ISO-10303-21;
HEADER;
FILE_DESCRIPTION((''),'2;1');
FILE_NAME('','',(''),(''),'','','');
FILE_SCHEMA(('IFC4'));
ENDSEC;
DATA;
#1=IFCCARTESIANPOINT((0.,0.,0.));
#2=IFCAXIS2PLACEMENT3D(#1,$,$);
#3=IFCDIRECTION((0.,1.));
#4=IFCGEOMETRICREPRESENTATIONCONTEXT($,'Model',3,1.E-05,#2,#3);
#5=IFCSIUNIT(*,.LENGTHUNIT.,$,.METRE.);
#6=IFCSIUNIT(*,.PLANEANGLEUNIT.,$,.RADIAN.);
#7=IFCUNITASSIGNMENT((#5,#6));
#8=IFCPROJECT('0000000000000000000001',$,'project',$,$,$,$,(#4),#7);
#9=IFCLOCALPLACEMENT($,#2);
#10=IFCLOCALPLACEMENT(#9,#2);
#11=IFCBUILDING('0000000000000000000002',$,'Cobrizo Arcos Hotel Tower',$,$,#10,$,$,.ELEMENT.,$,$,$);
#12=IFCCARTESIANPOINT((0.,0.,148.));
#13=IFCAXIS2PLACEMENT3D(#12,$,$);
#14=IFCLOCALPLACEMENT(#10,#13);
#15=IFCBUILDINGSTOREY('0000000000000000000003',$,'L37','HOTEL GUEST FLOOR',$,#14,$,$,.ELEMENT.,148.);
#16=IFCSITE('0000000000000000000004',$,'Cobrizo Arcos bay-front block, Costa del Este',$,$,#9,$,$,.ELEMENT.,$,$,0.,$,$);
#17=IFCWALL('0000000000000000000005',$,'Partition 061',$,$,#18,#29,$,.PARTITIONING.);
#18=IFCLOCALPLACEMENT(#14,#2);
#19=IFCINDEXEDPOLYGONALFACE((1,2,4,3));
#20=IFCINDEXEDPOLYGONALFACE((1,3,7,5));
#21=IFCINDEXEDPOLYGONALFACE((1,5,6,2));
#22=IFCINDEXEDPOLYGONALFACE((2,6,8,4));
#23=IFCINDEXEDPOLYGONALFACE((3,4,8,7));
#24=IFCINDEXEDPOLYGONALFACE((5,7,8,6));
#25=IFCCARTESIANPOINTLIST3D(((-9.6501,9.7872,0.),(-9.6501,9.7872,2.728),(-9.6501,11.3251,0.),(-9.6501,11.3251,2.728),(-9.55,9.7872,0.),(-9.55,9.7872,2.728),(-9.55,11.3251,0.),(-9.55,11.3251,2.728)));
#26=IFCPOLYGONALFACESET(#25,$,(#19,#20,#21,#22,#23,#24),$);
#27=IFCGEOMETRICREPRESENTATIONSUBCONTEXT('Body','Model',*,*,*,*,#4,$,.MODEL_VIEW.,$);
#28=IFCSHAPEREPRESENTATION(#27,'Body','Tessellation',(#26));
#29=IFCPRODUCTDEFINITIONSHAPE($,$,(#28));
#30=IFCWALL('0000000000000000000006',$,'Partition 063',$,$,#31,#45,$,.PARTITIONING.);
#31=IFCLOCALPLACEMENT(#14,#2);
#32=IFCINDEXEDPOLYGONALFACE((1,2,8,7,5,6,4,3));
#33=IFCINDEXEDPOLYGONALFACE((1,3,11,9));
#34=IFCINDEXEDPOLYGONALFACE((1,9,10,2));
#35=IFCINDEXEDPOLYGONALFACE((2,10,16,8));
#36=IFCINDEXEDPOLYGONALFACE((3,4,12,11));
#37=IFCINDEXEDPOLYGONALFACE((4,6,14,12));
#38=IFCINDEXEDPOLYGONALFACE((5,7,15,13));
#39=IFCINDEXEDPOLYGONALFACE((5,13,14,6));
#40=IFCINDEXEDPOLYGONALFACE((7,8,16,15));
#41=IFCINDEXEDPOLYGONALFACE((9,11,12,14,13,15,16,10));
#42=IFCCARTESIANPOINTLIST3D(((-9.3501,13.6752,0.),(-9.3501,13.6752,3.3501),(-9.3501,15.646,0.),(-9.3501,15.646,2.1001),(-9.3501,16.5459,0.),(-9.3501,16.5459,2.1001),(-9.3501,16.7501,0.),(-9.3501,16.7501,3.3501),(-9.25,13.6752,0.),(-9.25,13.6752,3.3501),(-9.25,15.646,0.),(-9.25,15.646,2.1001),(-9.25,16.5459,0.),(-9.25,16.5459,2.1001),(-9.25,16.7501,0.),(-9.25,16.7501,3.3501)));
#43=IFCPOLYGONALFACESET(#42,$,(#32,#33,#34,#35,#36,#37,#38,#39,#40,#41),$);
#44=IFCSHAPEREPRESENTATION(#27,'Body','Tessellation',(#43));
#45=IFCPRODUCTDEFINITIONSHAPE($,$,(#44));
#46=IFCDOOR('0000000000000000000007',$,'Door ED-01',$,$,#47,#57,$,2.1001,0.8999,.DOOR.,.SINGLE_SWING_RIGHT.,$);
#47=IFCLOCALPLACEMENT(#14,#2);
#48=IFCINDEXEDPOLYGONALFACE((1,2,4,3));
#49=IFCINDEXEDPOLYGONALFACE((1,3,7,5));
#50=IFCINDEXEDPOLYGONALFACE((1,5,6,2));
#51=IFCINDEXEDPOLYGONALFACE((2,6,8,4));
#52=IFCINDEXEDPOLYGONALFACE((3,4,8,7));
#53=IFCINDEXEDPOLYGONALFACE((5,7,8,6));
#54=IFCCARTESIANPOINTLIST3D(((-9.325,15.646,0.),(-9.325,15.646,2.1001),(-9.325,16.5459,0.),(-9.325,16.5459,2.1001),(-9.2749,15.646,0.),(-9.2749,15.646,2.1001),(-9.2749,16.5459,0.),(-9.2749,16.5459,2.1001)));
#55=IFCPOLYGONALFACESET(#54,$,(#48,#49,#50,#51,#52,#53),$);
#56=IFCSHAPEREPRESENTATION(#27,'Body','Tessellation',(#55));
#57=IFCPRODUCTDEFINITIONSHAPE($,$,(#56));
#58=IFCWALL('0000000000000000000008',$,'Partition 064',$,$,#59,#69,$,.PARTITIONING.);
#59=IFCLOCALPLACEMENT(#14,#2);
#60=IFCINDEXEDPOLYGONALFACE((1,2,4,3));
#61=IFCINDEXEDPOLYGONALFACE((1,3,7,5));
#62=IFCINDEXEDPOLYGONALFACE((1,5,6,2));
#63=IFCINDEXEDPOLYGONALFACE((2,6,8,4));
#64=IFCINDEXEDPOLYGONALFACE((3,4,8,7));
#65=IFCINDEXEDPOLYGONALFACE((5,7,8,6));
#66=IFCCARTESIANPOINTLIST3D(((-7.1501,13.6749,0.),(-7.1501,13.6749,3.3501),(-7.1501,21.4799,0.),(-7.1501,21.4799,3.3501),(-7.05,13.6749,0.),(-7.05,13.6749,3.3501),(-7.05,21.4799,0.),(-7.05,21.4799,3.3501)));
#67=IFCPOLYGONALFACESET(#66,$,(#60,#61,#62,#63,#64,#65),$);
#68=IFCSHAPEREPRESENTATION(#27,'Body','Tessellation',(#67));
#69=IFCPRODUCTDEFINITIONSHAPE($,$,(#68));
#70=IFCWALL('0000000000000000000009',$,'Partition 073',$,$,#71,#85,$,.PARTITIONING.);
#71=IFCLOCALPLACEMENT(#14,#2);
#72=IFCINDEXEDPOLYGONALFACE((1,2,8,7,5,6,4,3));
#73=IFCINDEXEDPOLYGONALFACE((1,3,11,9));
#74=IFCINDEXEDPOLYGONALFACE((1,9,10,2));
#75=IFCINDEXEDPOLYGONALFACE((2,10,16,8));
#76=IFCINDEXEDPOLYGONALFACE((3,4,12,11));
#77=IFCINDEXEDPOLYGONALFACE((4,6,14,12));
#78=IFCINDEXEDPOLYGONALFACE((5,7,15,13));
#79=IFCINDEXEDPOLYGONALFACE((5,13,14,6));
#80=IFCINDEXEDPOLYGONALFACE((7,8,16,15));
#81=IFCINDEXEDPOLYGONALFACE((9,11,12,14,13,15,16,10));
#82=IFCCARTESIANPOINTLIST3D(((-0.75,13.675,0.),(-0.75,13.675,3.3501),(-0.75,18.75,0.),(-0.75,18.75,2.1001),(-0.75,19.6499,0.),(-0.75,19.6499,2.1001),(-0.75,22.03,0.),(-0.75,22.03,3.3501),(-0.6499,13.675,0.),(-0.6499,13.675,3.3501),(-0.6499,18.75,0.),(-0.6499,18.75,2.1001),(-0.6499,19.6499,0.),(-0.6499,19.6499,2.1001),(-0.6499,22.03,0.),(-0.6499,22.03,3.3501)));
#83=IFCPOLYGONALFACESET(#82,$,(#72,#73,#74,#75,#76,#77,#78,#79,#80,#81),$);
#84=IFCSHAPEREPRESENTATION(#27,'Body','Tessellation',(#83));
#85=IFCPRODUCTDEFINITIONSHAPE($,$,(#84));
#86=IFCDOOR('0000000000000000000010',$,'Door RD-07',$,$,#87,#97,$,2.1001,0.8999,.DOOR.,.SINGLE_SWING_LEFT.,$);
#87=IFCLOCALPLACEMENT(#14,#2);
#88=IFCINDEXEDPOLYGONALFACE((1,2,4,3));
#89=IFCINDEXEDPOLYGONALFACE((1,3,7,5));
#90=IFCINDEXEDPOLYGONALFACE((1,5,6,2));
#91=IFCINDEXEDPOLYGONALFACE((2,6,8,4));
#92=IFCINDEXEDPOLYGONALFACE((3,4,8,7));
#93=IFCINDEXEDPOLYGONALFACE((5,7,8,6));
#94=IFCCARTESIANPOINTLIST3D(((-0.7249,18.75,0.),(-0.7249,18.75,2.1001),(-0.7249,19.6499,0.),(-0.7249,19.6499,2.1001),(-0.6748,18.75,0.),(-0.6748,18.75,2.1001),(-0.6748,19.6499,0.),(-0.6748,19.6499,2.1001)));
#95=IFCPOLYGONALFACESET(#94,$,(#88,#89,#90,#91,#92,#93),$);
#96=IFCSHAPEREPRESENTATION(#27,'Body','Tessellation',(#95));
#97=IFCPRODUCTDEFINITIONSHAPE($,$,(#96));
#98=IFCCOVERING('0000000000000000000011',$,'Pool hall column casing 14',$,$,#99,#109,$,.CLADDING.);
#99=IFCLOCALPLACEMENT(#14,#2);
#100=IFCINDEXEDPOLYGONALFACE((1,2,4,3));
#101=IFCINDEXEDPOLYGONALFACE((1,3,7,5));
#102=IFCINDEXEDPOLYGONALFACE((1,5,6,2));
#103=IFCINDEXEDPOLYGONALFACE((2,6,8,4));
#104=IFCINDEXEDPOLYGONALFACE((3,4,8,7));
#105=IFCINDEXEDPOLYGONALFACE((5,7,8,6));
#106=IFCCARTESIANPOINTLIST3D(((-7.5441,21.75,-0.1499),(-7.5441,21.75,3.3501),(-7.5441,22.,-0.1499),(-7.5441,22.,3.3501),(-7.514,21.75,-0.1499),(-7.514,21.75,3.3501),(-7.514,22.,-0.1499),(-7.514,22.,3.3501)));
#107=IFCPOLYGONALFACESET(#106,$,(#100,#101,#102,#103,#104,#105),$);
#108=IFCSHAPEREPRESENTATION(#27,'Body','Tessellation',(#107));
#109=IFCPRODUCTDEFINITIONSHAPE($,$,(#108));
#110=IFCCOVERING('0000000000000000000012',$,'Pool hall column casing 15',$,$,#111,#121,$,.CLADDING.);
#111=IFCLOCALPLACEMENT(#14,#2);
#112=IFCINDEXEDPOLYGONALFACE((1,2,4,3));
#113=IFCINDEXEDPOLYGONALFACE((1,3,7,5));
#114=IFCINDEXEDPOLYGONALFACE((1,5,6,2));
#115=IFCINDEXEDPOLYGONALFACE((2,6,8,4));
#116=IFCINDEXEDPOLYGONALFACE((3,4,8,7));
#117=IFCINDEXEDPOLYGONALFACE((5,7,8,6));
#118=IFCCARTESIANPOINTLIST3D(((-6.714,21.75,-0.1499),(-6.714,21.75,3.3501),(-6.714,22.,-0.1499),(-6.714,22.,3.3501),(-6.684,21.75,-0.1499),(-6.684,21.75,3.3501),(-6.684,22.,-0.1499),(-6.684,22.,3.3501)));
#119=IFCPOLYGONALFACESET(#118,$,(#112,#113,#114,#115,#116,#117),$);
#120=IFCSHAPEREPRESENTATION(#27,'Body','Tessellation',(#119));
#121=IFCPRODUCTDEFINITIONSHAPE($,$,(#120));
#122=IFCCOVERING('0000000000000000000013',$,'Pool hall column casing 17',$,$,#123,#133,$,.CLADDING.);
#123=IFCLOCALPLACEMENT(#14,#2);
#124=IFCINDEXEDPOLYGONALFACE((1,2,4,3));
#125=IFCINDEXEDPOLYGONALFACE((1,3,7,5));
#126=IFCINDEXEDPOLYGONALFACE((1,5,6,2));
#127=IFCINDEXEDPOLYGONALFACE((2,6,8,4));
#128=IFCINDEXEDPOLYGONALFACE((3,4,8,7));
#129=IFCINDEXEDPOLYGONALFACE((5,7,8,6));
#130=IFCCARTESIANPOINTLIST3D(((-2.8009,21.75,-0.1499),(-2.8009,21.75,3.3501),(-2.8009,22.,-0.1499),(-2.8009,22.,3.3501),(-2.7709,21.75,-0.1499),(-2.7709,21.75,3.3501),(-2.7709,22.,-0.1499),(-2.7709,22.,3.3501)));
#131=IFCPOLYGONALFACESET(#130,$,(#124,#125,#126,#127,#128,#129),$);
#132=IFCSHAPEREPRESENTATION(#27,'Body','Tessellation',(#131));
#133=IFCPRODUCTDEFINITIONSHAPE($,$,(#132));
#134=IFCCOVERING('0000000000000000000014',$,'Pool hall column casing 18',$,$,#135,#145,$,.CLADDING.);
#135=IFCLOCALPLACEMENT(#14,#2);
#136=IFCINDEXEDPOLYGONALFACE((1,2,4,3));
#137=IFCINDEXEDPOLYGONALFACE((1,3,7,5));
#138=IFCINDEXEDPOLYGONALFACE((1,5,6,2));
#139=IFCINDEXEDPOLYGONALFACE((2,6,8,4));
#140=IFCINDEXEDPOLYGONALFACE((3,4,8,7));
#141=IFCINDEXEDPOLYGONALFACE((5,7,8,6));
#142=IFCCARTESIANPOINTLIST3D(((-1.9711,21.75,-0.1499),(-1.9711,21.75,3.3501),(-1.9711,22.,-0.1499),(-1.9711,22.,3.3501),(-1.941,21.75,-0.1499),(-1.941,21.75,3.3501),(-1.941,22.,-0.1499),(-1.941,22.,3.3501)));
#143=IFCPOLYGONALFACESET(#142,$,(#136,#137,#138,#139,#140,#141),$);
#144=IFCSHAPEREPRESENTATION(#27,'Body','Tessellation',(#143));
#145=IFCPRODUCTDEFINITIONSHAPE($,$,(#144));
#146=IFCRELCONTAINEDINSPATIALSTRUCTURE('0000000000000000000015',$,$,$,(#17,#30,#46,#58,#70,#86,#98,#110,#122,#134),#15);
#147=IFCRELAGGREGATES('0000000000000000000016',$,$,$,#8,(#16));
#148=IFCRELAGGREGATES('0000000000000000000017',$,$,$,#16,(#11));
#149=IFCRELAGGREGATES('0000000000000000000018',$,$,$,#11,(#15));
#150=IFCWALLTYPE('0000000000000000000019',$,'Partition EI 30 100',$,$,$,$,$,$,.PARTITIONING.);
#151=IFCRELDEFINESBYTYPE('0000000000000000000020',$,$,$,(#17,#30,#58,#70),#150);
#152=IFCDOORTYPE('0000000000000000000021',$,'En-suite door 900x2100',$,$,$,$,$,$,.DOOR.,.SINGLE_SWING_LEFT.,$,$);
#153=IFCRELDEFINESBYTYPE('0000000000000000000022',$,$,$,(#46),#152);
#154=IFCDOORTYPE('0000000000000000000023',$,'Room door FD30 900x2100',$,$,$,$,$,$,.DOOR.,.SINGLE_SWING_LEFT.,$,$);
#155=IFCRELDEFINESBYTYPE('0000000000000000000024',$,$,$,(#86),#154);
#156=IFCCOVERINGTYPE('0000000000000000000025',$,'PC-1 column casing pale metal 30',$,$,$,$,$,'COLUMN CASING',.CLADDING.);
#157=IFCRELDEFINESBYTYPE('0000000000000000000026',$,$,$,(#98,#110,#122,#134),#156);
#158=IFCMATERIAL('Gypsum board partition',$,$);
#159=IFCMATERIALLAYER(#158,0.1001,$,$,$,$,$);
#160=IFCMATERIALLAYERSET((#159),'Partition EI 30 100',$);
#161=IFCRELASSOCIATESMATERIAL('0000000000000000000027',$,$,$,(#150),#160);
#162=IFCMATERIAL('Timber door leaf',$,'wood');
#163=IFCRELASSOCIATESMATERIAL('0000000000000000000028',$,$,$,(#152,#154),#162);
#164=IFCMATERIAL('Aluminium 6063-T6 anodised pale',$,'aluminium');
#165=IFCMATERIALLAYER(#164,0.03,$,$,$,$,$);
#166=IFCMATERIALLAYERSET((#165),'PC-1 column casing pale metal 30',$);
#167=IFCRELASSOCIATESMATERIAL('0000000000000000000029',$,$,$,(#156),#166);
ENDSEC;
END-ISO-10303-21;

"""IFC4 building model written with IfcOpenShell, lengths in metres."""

from ifc_helpers import new_model, si_unit, direction, frame, frame_2d, origin, origin_2d, place, context, subcontext, project, spatial, rectangle, extrude, material, layer, layer_set, type_object, element, fill, save


model = new_model("IFC4")

# Units and contexts
model_context = context("Model", 3, precision=1e-05, world=origin(), true_north=direction((0.0, 1.0)))
body_context = subcontext(model_context, "Body", "Model", "MODEL_VIEW")
ifc_project = project(units=[si_unit("LENGTHUNIT", "METRE"), si_unit("PLANEANGLEUNIT", "RADIAN")], contexts=[model_context])

# Site, building, storey
site_placement = place(None, origin())
site = spatial("IfcSite", under=ifc_project, at=site_placement, Name="Cobrizo Arcos bay-front block, Costa del Este", CompositionType="ELEMENT", RefElevation=0.0)
building_placement = place(site_placement, origin())
building = spatial("IfcBuilding", under=site, at=building_placement, Name="Cobrizo Arcos Hotel Tower", CompositionType="ELEMENT")
storey_placement = place(building_placement, frame((0.0, 0.0, 148.0)))
storey = spatial("IfcBuildingStorey", under=building, at=storey_placement, Name="L37", Description="HOTEL GUEST FLOOR", CompositionType="ELEMENT", Elevation=148.0)

# Wall
ifc_material_1 = material(Name="Gypsum board partition")
ifc_layer_1 = layer(ifc_material_1, 0.1001)
ifc_layer_set_1 = layer_set([ifc_layer_1], Name="Partition EI 30 100")
wall_type_1 = type_object("IfcWallType", Name="Partition EI 30 100", PredefinedType="PARTITIONING", material=ifc_layer_set_1)
wall_1_placement = place(storey_placement, frame((-9.6001, 9.7871, 0.0), z_axis=(0.0, 0.0, 1.0), x_axis=(0.0, 1.0, 0.0)))
element("IfcWall", 1, at=wall_1_placement, inside=storey, type_object=wall_type_1, Name="Partition 061", PredefinedType="PARTITIONING", context=body_context, shape_type="SweptSolid", body=[
    extrude(rectangle(XDim=1.5378, YDim=0.1001, at=frame_2d((0.769, 0.0))), origin(), (0.0, 0.0, 1.0), 2.728),
])

# Wall, opening, door
wall_2_placement = place(storey_placement, frame((-9.3, 13.675, 0.0), z_axis=(0.0, 0.0, 1.0), x_axis=(0.0, 1.0, 0.0)))
wall_2 = element("IfcWall", 2, at=wall_2_placement, inside=storey, type_object=wall_type_1, Name="Partition 063", PredefinedType="PARTITIONING", context=body_context, shape_type="SweptSolid", body=[
    extrude(rectangle(XDim=3.075, YDim=0.1001, at=frame_2d((1.5376, 0.0))), origin(), (0.0, 0.0, 1.0), 3.3501),
])
opening_1_placement = place(wall_2_placement, frame((1.9709, 0.0, 0.0)))
opening_1 = element("IfcOpeningElement", 3, at=opening_1_placement, cuts=wall_2, PredefinedType="OPENING", context=body_context, shape_type="SweptSolid", body=[
    extrude(rectangle(XDim=0.8999, YDim=2.1001, at=frame_2d((0.45, 1.05))), frame((0.0, 0.062, 0.0), z_axis=(0.0, -1.0, 0.0), x_axis=(1.0, 0.0, 0.0)), (0.0, 0.0, 1.0), 0.124),
])
ifc_material_2 = material(Name="Timber door leaf", Category="wood")
door_type_1 = type_object("IfcDoorType", Name="En-suite door 900x2100", OperationType="SINGLE_SWING_LEFT", PredefinedType="DOOR", material=ifc_material_2)
door_1_placement = place(opening_1_placement, origin())
door_1 = element("IfcDoor", 4, at=door_1_placement, inside=storey, type_object=door_type_1, Name="Door ED-01", OperationType="SINGLE_SWING_RIGHT", OverallHeight=2.1001, OverallWidth=0.8999, PredefinedType="DOOR", context=body_context, shape_type="SweptSolid", body=[
    extrude(rectangle(XDim=0.8999, YDim=2.1001, at=frame_2d((0.45, 1.05))), frame((0.0, 0.0249, 0.0), z_axis=(0.0, -1.0, 0.0), x_axis=(1.0, 0.0, 0.0)), (0.0, 0.0, 1.0), 0.05),
])
fill(opening_1, door_1)

# Wall
wall_3_placement = place(storey_placement, frame((-7.1001, 13.675, 0.0), z_axis=(0.0, 0.0, 1.0), x_axis=(0.0, 1.0, 0.0)))
element("IfcWall", 5, at=wall_3_placement, inside=storey, type_object=wall_type_1, Name="Partition 064", PredefinedType="PARTITIONING", context=body_context, shape_type="SweptSolid", body=[
    extrude(rectangle(XDim=7.8049, YDim=0.1001, at=frame_2d((3.9023, 0.0))), origin(), (0.0, 0.0, 1.0), 3.3501),
])

# Wall, opening, door
wall_4_placement = place(storey_placement, frame((-0.7, 13.675, 0.0), z_axis=(0.0, 0.0, 1.0), x_axis=(0.0, 1.0, 0.0)))
wall_4 = element("IfcWall", 6, at=wall_4_placement, inside=storey, type_object=wall_type_1, Name="Partition 073", PredefinedType="PARTITIONING", context=body_context, shape_type="SweptSolid", body=[
    extrude(rectangle(XDim=8.355, YDim=0.1001, at=frame_2d((4.1775, 0.0))), origin(), (0.0, 0.0, 1.0), 3.3501),
])
opening_2_placement = place(wall_4_placement, frame((5.075, 0.0, 0.0)))
opening_2 = element("IfcOpeningElement", 7, at=opening_2_placement, cuts=wall_4, PredefinedType="OPENING", context=body_context, shape_type="SweptSolid", body=[
    extrude(rectangle(XDim=0.8999, YDim=2.1001, at=frame_2d((0.45, 1.05))), frame((0.0, 0.062, 0.0), z_axis=(0.0, -1.0, 0.0), x_axis=(1.0, 0.0, 0.0)), (0.0, 0.0, 1.0), 0.124),
])
door_type_2 = type_object("IfcDoorType", Name="Room door FD30 900x2100", OperationType="SINGLE_SWING_LEFT", PredefinedType="DOOR", material=ifc_material_2)
door_2_placement = place(opening_2_placement, origin())
door_2 = element("IfcDoor", 8, at=door_2_placement, inside=storey, type_object=door_type_2, Name="Door RD-07", OperationType="SINGLE_SWING_LEFT", OverallHeight=2.1001, OverallWidth=0.8999, PredefinedType="DOOR", context=body_context, shape_type="SweptSolid", body=[
    extrude(rectangle(XDim=0.8999, YDim=2.1001, at=frame_2d((0.45, 1.05))), frame((0.0, 0.0249, 0.0), z_axis=(0.0, -1.0, 0.0), x_axis=(1.0, 0.0, 0.0)), (0.0, 0.0, 1.0), 0.05),
])
fill(opening_2, door_2)

# Coverings
ifc_material_3 = material(Name="Aluminium 6063-T6 anodised pale", Category="aluminium")
ifc_layer_2 = layer(ifc_material_3, 0.03)
ifc_layer_set_2 = layer_set([ifc_layer_2], Name="PC-1 column casing pale metal 30")
covering_type = type_object("IfcCoveringType", Name="PC-1 column casing pale metal 30", ElementType="COLUMN CASING", PredefinedType="CLADDING", material=ifc_layer_set_2)
for number, where, z_axis, x_axis, name in (
    (9, (-7.5291, 21.875, -0.1499), (0.0, 0.0, 1.0), (1.0, 0.0, 0.0), "Pool hall column casing 14"),
    (10, (-6.699, 21.875, -0.1499), (0.0, 0.0, 1.0), (1.0, 0.0, 0.0), "Pool hall column casing 15"),
    (11, (-2.7859, 21.875, -0.1499), (0.0, 0.0, 1.0), (1.0, 0.0, 0.0), "Pool hall column casing 17"),
    (12, (-1.9561, 21.875, -0.1499), (0.0, 0.0, 1.0), (1.0, 0.0, 0.0), "Pool hall column casing 18"),
):
    element("IfcCovering", number, at=place(storey_placement, frame(where, z_axis=z_axis, x_axis=x_axis)), inside=storey, type_object=covering_type, Name=name, PredefinedType="CLADDING", context=body_context, shape_type="SweptSolid", body=[
        extrude(rectangle(XDim=0.03, YDim=0.25, at=origin_2d()), origin(), (0.0, 0.0, 1.0), 3.5),
    ])

save(model, "model.ifc")
